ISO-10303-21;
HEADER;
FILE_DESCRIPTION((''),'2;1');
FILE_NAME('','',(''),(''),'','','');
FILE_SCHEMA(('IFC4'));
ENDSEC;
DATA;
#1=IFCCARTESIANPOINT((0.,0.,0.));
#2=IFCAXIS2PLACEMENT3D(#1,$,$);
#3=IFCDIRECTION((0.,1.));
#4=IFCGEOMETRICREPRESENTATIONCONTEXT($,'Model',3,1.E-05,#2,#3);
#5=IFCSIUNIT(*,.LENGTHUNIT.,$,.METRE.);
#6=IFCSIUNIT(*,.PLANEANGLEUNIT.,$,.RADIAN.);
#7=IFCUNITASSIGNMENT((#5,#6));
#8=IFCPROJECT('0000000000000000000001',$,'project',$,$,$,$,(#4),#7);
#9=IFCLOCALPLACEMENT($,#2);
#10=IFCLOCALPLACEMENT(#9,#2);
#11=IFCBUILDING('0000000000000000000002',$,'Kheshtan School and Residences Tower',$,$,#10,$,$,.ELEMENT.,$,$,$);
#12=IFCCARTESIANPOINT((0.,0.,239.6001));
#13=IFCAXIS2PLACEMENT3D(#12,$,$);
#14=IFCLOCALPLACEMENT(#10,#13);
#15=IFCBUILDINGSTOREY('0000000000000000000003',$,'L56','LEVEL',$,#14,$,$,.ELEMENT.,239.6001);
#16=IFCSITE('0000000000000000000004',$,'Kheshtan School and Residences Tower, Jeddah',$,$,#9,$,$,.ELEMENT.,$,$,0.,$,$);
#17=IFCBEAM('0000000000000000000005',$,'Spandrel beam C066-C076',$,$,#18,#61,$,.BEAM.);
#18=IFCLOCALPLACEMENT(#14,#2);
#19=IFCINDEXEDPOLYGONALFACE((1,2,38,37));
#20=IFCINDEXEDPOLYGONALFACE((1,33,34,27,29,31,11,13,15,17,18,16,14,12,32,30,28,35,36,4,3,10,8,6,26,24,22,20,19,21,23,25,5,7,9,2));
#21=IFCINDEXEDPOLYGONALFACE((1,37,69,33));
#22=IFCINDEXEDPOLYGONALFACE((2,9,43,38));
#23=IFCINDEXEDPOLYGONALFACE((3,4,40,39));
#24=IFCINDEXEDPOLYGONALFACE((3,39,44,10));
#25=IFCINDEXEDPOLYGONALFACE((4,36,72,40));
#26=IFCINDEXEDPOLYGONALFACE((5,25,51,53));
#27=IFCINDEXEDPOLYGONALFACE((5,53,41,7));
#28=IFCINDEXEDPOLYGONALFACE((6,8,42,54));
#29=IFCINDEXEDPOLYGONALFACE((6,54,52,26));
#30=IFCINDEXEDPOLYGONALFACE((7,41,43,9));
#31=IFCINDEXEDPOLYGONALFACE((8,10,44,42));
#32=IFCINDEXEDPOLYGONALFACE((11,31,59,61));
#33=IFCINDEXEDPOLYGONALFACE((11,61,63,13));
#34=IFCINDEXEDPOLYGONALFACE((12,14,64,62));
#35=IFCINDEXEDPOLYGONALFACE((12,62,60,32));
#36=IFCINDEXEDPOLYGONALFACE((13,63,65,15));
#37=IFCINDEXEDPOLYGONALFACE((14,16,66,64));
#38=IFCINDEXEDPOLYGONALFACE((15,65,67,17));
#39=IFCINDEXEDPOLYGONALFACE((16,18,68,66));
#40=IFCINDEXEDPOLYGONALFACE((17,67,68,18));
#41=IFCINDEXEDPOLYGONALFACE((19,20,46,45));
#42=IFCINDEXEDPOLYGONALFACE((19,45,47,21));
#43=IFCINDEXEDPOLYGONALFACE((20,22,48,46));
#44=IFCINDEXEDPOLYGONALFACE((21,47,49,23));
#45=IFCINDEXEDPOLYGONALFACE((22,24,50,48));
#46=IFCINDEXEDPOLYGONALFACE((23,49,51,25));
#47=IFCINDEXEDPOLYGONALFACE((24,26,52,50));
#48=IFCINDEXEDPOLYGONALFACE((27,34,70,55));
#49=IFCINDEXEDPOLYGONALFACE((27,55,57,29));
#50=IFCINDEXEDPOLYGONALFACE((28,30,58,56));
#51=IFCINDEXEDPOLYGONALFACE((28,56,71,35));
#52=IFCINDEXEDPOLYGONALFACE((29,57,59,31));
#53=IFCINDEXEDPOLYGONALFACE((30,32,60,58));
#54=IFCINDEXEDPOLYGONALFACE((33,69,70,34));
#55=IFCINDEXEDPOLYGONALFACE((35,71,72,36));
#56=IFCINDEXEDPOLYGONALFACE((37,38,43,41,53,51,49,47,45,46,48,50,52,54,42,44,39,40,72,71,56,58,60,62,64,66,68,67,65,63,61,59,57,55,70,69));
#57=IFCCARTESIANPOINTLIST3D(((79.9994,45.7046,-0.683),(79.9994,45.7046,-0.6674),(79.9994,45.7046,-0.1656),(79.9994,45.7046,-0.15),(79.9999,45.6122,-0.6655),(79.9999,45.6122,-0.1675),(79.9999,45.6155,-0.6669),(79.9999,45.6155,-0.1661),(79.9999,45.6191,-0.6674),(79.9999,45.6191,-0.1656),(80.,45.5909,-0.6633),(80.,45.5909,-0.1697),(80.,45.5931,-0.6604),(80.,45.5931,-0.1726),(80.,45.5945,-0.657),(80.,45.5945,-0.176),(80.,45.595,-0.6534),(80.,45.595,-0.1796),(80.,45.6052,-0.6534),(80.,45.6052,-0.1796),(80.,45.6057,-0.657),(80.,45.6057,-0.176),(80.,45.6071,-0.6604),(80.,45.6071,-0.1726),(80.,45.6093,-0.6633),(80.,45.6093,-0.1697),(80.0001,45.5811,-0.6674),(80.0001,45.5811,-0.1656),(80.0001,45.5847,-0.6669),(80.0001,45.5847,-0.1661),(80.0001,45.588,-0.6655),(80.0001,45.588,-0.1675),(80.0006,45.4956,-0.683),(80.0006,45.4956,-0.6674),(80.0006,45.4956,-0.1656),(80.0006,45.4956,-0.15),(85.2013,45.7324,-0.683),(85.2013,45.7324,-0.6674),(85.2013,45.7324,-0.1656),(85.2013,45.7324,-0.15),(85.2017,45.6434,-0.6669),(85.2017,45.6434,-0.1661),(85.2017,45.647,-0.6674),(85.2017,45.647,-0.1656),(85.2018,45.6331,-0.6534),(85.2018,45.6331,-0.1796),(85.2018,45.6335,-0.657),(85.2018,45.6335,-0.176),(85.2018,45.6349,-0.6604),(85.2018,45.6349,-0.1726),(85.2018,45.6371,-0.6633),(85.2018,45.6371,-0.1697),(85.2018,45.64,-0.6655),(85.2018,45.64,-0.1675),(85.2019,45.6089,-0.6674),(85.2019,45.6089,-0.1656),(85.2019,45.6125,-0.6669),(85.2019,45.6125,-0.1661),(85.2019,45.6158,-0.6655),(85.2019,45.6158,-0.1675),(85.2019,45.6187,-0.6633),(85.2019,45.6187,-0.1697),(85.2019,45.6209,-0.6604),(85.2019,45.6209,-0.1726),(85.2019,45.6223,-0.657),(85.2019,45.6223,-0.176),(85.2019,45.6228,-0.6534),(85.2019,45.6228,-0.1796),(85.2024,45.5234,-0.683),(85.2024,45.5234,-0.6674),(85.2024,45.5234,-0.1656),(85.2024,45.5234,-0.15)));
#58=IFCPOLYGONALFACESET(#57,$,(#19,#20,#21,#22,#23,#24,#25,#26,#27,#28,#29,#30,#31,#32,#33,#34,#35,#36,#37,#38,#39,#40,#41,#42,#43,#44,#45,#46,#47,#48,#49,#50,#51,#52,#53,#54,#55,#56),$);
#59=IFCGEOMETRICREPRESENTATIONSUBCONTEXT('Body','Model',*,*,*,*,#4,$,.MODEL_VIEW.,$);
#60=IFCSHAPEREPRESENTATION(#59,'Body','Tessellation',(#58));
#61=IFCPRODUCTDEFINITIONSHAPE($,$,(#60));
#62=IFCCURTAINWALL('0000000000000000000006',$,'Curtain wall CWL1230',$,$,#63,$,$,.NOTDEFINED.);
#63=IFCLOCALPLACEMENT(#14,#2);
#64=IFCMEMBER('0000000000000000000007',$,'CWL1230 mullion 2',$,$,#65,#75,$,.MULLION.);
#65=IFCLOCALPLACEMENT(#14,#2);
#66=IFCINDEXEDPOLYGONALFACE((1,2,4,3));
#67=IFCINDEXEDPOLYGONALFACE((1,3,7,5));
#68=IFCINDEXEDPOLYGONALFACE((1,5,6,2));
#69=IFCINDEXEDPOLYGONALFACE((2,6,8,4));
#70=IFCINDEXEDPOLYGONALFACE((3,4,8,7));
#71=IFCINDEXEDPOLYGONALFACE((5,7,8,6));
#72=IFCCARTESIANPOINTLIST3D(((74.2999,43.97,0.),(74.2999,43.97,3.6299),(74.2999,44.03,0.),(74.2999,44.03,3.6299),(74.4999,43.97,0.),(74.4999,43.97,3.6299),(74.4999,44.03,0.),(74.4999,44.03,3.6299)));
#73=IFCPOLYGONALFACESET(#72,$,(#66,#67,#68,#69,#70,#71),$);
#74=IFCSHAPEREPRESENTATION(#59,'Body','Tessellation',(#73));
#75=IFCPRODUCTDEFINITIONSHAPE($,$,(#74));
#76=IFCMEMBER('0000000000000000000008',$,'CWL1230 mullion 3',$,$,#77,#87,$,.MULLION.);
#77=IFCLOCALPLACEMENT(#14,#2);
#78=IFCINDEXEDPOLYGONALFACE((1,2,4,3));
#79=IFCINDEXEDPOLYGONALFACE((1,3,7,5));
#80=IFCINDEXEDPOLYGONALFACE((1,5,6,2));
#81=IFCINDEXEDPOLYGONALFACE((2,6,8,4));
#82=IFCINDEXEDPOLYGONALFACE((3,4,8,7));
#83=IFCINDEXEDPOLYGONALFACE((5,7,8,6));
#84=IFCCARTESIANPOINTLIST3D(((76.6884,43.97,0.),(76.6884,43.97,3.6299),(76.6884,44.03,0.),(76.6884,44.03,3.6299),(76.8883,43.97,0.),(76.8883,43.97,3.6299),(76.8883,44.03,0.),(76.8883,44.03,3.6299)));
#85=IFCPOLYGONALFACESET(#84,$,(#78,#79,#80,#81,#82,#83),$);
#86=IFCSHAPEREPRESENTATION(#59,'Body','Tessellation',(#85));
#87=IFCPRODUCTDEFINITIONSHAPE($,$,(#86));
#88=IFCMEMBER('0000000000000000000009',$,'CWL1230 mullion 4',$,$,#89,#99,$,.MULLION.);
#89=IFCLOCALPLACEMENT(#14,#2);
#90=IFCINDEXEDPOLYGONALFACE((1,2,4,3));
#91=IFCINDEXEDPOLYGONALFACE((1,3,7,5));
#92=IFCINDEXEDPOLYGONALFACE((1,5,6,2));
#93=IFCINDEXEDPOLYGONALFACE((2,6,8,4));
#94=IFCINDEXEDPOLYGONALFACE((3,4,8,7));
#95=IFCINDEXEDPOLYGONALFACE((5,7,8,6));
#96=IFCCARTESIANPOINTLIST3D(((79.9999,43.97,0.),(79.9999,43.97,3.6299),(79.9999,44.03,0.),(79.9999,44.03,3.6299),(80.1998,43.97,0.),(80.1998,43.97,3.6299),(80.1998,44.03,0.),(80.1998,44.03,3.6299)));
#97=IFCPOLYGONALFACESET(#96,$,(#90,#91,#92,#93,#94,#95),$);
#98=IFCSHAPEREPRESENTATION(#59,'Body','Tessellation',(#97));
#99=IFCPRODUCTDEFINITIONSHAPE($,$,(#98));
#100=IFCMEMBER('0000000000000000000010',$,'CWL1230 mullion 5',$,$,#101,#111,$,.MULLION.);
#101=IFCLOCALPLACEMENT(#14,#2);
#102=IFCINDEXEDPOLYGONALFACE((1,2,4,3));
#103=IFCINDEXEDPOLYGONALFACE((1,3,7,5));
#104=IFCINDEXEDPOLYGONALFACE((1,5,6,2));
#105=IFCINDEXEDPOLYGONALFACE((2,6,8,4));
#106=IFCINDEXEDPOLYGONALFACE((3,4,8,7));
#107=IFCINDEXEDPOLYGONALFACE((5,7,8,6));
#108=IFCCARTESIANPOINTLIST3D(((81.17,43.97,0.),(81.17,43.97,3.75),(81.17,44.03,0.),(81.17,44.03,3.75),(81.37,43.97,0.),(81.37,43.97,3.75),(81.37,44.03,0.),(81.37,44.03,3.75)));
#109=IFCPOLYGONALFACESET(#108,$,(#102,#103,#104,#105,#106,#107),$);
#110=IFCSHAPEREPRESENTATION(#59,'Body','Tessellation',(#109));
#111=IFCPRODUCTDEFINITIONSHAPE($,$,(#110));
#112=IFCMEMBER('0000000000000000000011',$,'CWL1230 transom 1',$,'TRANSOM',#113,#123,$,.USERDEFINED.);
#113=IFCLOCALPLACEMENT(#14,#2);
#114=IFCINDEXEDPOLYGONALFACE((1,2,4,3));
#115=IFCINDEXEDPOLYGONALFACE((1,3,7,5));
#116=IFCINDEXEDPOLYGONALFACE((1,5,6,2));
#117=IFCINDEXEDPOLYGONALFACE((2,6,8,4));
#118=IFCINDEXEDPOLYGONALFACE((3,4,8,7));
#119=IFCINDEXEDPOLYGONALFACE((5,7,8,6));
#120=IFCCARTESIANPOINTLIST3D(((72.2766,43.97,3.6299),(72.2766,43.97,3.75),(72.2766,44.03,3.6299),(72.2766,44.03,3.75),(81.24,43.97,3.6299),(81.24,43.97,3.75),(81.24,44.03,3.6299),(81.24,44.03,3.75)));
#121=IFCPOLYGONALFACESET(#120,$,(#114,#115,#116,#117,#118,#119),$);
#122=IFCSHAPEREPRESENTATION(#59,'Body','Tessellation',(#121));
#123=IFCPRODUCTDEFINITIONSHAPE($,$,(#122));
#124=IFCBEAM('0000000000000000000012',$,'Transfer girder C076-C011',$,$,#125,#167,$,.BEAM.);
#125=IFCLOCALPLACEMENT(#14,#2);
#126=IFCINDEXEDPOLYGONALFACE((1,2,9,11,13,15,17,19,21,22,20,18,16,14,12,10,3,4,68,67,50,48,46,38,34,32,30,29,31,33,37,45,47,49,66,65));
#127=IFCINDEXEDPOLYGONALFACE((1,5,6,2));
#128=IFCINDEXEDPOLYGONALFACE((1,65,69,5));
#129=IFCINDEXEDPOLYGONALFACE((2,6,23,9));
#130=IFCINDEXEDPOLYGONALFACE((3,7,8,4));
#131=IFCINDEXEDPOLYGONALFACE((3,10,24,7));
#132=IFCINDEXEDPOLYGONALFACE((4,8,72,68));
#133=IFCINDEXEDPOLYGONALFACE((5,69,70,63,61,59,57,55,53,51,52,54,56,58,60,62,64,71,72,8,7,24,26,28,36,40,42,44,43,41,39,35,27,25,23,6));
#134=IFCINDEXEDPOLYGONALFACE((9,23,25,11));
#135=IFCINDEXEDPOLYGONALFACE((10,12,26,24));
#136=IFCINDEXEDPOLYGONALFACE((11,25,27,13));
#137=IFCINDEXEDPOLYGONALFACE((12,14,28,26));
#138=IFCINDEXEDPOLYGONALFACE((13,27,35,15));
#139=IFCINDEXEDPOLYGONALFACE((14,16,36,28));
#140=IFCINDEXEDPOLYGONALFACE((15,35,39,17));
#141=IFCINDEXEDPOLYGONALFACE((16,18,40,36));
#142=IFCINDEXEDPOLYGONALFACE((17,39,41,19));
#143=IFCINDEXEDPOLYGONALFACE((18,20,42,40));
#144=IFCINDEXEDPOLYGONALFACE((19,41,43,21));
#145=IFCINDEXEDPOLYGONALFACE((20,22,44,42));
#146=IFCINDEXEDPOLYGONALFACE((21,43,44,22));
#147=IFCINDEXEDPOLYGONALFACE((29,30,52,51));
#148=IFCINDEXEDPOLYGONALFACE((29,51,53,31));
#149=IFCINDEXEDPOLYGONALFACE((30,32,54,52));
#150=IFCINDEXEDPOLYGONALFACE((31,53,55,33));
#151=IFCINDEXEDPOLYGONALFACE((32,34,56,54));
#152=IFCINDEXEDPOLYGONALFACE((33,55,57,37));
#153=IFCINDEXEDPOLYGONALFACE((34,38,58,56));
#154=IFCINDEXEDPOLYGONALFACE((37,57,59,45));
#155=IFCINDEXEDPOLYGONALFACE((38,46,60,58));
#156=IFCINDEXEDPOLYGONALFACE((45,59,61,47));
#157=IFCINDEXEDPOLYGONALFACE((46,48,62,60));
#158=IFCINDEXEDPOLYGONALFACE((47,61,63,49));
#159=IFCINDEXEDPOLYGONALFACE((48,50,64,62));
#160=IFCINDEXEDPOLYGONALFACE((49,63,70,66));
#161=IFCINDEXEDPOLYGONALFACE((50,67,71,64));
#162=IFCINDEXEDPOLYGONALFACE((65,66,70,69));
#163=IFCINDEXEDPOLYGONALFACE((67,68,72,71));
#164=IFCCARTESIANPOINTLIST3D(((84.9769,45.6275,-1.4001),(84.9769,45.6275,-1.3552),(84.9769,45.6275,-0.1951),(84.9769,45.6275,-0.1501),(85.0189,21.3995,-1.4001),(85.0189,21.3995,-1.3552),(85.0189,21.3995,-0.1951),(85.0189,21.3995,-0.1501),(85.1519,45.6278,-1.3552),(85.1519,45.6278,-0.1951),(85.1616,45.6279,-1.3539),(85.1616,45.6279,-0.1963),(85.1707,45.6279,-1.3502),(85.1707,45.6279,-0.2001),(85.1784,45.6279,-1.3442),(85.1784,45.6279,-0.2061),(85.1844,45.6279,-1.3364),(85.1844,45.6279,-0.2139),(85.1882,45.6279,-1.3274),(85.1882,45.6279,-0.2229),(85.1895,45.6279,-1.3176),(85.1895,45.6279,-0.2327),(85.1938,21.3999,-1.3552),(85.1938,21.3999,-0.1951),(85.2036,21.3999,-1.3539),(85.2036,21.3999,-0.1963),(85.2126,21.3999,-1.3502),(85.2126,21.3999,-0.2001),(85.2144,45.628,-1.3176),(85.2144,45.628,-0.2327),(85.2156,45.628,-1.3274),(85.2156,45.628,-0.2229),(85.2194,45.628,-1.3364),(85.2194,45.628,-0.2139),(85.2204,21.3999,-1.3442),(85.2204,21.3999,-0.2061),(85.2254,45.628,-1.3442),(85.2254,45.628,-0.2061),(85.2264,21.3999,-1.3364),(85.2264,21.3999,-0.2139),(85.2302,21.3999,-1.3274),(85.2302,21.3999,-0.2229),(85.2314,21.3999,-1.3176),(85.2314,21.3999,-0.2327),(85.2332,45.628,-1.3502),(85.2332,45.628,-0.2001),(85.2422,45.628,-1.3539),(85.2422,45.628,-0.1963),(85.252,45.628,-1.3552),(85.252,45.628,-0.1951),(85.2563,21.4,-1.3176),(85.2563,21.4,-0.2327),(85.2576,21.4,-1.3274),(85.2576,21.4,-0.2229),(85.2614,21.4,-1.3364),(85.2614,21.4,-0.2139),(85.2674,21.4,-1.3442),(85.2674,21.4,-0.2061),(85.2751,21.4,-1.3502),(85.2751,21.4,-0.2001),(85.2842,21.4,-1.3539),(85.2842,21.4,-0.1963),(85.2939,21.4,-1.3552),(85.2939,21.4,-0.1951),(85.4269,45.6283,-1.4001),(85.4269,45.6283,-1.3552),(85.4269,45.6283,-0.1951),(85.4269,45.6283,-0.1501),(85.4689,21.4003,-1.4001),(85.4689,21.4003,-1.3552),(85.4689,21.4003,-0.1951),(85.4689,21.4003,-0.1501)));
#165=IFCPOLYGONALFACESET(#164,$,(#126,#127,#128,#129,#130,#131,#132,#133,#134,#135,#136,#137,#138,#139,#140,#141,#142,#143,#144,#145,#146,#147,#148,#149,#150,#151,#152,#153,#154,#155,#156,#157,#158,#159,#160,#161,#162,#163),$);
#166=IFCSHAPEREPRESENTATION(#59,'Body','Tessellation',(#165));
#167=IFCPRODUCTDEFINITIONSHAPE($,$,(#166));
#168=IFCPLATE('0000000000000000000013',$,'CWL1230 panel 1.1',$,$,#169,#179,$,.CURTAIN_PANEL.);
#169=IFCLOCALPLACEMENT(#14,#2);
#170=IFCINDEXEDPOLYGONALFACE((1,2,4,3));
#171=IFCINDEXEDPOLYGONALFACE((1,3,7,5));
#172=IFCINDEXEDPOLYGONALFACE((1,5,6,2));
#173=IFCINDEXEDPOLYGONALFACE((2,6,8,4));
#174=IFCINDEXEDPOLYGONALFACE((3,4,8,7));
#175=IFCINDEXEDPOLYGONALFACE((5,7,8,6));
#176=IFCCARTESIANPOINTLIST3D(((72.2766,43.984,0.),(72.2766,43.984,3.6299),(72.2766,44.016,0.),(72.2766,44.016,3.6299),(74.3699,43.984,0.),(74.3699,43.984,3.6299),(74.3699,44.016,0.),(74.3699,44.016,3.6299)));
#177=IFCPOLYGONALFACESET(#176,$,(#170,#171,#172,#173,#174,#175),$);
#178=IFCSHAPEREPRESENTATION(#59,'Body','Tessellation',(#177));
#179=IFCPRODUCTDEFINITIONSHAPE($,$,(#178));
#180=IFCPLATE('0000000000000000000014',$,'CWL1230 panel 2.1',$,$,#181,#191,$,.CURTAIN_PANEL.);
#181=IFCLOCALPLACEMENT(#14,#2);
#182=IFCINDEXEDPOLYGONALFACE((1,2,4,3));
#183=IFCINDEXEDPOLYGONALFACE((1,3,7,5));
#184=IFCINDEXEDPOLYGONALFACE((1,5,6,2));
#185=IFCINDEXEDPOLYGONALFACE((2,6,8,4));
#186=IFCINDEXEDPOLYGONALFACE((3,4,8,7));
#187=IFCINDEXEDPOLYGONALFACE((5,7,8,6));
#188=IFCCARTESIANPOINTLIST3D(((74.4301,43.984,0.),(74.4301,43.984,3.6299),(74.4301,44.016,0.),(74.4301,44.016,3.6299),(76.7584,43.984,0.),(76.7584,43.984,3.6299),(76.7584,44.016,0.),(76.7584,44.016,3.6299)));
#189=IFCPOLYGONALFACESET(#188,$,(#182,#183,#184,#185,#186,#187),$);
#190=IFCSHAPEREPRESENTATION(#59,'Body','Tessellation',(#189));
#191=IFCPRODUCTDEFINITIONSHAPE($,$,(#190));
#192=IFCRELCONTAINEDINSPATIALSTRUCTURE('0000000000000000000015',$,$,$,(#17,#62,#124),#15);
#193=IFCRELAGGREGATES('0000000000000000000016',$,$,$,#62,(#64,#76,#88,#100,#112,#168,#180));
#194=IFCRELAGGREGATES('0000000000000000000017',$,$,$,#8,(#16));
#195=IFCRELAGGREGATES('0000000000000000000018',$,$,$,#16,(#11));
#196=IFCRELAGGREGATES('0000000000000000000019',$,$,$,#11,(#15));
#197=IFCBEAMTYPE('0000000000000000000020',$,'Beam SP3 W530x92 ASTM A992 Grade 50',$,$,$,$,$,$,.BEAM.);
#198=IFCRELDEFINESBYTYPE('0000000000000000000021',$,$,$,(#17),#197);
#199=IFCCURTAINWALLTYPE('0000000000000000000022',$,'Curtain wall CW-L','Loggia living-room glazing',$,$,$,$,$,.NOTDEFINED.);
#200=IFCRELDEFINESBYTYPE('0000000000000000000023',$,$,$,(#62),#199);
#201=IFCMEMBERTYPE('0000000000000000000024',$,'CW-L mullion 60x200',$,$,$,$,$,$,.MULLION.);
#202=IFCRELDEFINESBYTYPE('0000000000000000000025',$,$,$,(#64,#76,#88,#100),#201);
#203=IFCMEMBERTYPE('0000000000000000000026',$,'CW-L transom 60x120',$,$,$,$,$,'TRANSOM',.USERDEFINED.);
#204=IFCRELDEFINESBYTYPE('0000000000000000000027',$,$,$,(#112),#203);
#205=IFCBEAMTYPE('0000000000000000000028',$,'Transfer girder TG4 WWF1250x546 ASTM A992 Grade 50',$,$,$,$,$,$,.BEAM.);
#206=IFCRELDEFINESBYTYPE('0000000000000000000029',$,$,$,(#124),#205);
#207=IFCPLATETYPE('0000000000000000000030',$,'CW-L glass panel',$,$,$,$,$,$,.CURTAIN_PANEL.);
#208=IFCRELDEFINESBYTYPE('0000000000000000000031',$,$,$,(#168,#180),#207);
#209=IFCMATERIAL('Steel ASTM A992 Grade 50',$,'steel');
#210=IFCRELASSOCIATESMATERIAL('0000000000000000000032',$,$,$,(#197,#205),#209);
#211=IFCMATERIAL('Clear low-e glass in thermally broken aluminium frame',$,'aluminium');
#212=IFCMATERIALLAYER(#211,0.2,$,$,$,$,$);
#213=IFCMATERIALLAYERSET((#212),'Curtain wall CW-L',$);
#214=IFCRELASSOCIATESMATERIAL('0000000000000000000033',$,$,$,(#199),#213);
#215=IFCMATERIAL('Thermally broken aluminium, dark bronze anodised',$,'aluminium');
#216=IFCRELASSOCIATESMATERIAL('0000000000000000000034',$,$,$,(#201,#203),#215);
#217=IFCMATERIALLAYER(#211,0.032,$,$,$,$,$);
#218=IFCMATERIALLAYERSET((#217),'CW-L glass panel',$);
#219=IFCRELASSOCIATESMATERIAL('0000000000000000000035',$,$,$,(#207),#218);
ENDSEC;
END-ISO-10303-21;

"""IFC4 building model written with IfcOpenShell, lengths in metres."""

from ifc_helpers import new_model, si_unit, direction, frame, origin, origin_2d, place, context, subcontext, project, spatial, rectangle, i_section, extrude, material, layer, layer_set, material_profile, profile_set, type_object, element, aggregate, save


model = new_model("IFC4")

# Units and contexts
model_context = context("Model", 3, precision=1e-05, world=origin(), true_north=direction((0.0, 1.0)))
body_context = subcontext(model_context, "Body", "Model", "MODEL_VIEW")
ifc_project = project(units=[si_unit("LENGTHUNIT", "METRE"), si_unit("PLANEANGLEUNIT", "RADIAN")], contexts=[model_context])

# Site, building, storey
site_placement = place(None, origin())
site = spatial("IfcSite", under=ifc_project, at=site_placement, Name="Kheshtan School and Residences Tower, Jeddah", CompositionType="ELEMENT", RefElevation=0.0)
building_placement = place(site_placement, origin())
building = spatial("IfcBuilding", under=site, at=building_placement, Name="Kheshtan School and Residences Tower", CompositionType="ELEMENT")
storey_placement = place(building_placement, frame((0.0, 0.0, 239.6001)))
storey = spatial("IfcBuildingStorey", under=building, at=storey_placement, Name="L56", Description="LEVEL", CompositionType="ELEMENT", Elevation=239.6001)

# Shared definitions
ifc_material_1 = material(Name="Steel ASTM A992 Grade 50", Category="steel")

# Beam
ifc_material_profile_1 = material_profile(ifc_material_1, i_section(OverallWidth=0.209, OverallDepth=0.533, WebThickness=0.0103, FlangeThickness=0.0156, FilletRadius=0.0139, at=origin_2d()), Name="W530x92")
ifc_profile_set_1 = profile_set([ifc_material_profile_1], Name="Steel ASTM A992 Grade 50")
beam_type_1 = type_object("IfcBeamType", Name="Beam SP3 W530x92 ASTM A992 Grade 50", PredefinedType="BEAM", material=ifc_profile_set_1)
beam_1_placement = place(storey_placement, frame((80.0, 45.6001, -0.4165), z_axis=(0.999986, 0.00535, 0.0), x_axis=(-0.00535, 0.999986, 0.0)))
element("IfcBeam", 1, at=beam_1_placement, inside=storey, type_object=beam_type_1, Name="Spandrel beam C066-C076", PredefinedType="BEAM", context=body_context, shape_type="SweptSolid", body=[
    extrude(i_section(OverallWidth=0.209, OverallDepth=0.533, WebThickness=0.0103, FlangeThickness=0.0156, FilletRadius=0.0139, at=origin_2d()), origin(), (0.0, 0.0, 1.0), 5.2019),
])

# Curtain wall, members
ifc_material_2 = material(Name="Clear low-e glass in thermally broken aluminium frame", Category="aluminium")
ifc_layer_1 = layer(ifc_material_2, 0.2)
ifc_layer_set_1 = layer_set([ifc_layer_1], Name="Curtain wall CW-L")
curtain_wall_type = type_object("IfcCurtainWallType", Name="Curtain wall CW-L", Description="Loggia living-room glazing", PredefinedType="NOTDEFINED", material=ifc_layer_set_1)
curtain_wall_placement = place(storey_placement, origin())
curtain_wall = element("IfcCurtainWall", 2, at=curtain_wall_placement, inside=storey, type_object=curtain_wall_type, Name="Curtain wall CWL1230", PredefinedType="NOTDEFINED")
ifc_material_3 = material(Name="Thermally broken aluminium, dark bronze anodised", Category="aluminium")
ifc_material_profile_2 = material_profile(ifc_material_3, rectangle(XDim=0.0601, YDim=0.2, at=origin_2d()), Name="CW-L mullion 60x200")
ifc_profile_set_2 = profile_set([ifc_material_profile_2], Name="Thermally broken aluminium, dark bronze anodised")
member_type_1 = type_object("IfcMemberType", Name="CW-L mullion 60x200", PredefinedType="MULLION", material=ifc_profile_set_2)
member_1_placement = place(storey_placement, frame((74.3999, 44.0, 0.0), z_axis=(0.0, 0.0, 1.0), x_axis=(0.0, 1.0, 0.0)))
member_1 = element("IfcMember", 3, at=member_1_placement, type_object=member_type_1, Name="CWL1230 mullion 2", PredefinedType="MULLION", context=body_context, shape_type="SweptSolid", body=[
    extrude(rectangle(XDim=0.0601, YDim=0.2, at=origin_2d()), origin(), (0.0, 0.0, 1.0), 3.6299),
])
member_2_placement = place(storey_placement, frame((76.7883, 44.0, 0.0), z_axis=(0.0, 0.0, 1.0), x_axis=(0.0, 1.0, 0.0)))
member_2 = element("IfcMember", 4, at=member_2_placement, type_object=member_type_1, Name="CWL1230 mullion 3", PredefinedType="MULLION", context=body_context, shape_type="SweptSolid", body=[
    extrude(rectangle(XDim=0.0601, YDim=0.2, at=origin_2d()), origin(), (0.0, 0.0, 1.0), 3.6299),
])
member_3_placement = place(storey_placement, frame((80.0999, 44.0, 0.0), z_axis=(0.0, 0.0, 1.0), x_axis=(0.0, 1.0, 0.0)))
member_3 = element("IfcMember", 5, at=member_3_placement, type_object=member_type_1, Name="CWL1230 mullion 4", PredefinedType="MULLION", context=body_context, shape_type="SweptSolid", body=[
    extrude(rectangle(XDim=0.0601, YDim=0.2, at=origin_2d()), origin(), (0.0, 0.0, 1.0), 3.6299),
])
member_4_placement = place(storey_placement, frame((81.27, 44.0, 0.0), z_axis=(0.0, 0.0, 1.0), x_axis=(0.0, 1.0, 0.0)))
member_4 = element("IfcMember", 6, at=member_4_placement, type_object=member_type_1, Name="CWL1230 mullion 5", PredefinedType="MULLION", context=body_context, shape_type="SweptSolid", body=[
    extrude(rectangle(XDim=0.0601, YDim=0.2, at=origin_2d()), origin(), (0.0, 0.0, 1.0), 3.75),
])
ifc_material_profile_3 = material_profile(ifc_material_3, rectangle(XDim=0.0601, YDim=0.1201, at=origin_2d()), Name="CW-L transom 60x120")
ifc_profile_set_3 = profile_set([ifc_material_profile_3], Name="Thermally broken aluminium, dark bronze anodised")
member_type_2 = type_object("IfcMemberType", Name="CW-L transom 60x120", ElementType="TRANSOM", PredefinedType="USERDEFINED", material=ifc_profile_set_3)
member_5_placement = place(storey_placement, frame((72.2766, 44.0, 3.6899), z_axis=(1.0, 0.0, 0.0), x_axis=(0.0, 1.0, 0.0)))
member_5 = element("IfcMember", 7, at=member_5_placement, type_object=member_type_2, Name="CWL1230 transom 1", ObjectType="TRANSOM", PredefinedType="USERDEFINED", context=body_context, shape_type="SweptSolid", body=[
    extrude(rectangle(XDim=0.0601, YDim=0.1201, at=origin_2d()), origin(), (0.0, 0.0, 1.0), 8.9634),
])

# Beam
ifc_material_profile_4 = material_profile(ifc_material_1, i_section(OverallWidth=0.45, OverallDepth=1.25, WebThickness=0.0249, FlangeThickness=0.0449, FilletRadius=0.0376, at=origin_2d()), Name="WWF1250x546")
ifc_profile_set_4 = profile_set([ifc_material_profile_4], Name="Steel ASTM A992 Grade 50")
beam_type_2 = type_object("IfcBeamType", Name="Transfer girder TG4 WWF1250x546 ASTM A992 Grade 50", PredefinedType="BEAM", material=ifc_profile_set_4)
beam_2_placement = place(storey_placement, frame((85.2019, 45.6279, -0.7751), z_axis=(0.001733, -0.999998, 0.0), x_axis=(0.999998, 0.001733, 0.0)))
element("IfcBeam", 8, at=beam_2_placement, inside=storey, type_object=beam_type_2, Name="Transfer girder C076-C011", PredefinedType="BEAM", context=body_context, shape_type="SweptSolid", body=[
    extrude(i_section(OverallWidth=0.45, OverallDepth=1.25, WebThickness=0.0249, FlangeThickness=0.0449, FilletRadius=0.0376, at=origin_2d()), origin(), (0.0, 0.0, 1.0), 24.228),
])

# Plates
ifc_layer_2 = layer(ifc_material_2, 0.032)
ifc_layer_set_2 = layer_set([ifc_layer_2], Name="CW-L glass panel")
plate_type = type_object("IfcPlateType", Name="CW-L glass panel", PredefinedType="CURTAIN_PANEL", material=ifc_layer_set_2)
plate_1_placement = place(storey_placement, frame((73.3232, 44.0, 0.0), z_axis=(0.0, 0.0, 1.0), x_axis=(1.0, 0.0, 0.0)))
plate_1 = element("IfcPlate", 9, at=plate_1_placement, type_object=plate_type, Name="CWL1230 panel 1.1", PredefinedType="CURTAIN_PANEL", context=body_context, shape_type="SweptSolid", body=[
    extrude(rectangle(XDim=2.0933, YDim=0.032, at=origin_2d()), origin(), (0.0, 0.0, 1.0), 3.6299),
])
plate_2_placement = place(storey_placement, frame((75.5942, 44.0, 0.0), z_axis=(0.0, 0.0, 1.0), x_axis=(1.0, 0.0, 0.0)))
plate_2 = element("IfcPlate", 10, at=plate_2_placement, type_object=plate_type, Name="CWL1230 panel 2.1", PredefinedType="CURTAIN_PANEL", context=body_context, shape_type="SweptSolid", body=[
    extrude(rectangle(XDim=2.3284, YDim=0.032, at=origin_2d()), origin(), (0.0, 0.0, 1.0), 3.6299),
])
aggregate(curtain_wall, [member_1, member_2, member_3, member_4, member_5, plate_1, plate_2])

save(model, "model.ifc")
